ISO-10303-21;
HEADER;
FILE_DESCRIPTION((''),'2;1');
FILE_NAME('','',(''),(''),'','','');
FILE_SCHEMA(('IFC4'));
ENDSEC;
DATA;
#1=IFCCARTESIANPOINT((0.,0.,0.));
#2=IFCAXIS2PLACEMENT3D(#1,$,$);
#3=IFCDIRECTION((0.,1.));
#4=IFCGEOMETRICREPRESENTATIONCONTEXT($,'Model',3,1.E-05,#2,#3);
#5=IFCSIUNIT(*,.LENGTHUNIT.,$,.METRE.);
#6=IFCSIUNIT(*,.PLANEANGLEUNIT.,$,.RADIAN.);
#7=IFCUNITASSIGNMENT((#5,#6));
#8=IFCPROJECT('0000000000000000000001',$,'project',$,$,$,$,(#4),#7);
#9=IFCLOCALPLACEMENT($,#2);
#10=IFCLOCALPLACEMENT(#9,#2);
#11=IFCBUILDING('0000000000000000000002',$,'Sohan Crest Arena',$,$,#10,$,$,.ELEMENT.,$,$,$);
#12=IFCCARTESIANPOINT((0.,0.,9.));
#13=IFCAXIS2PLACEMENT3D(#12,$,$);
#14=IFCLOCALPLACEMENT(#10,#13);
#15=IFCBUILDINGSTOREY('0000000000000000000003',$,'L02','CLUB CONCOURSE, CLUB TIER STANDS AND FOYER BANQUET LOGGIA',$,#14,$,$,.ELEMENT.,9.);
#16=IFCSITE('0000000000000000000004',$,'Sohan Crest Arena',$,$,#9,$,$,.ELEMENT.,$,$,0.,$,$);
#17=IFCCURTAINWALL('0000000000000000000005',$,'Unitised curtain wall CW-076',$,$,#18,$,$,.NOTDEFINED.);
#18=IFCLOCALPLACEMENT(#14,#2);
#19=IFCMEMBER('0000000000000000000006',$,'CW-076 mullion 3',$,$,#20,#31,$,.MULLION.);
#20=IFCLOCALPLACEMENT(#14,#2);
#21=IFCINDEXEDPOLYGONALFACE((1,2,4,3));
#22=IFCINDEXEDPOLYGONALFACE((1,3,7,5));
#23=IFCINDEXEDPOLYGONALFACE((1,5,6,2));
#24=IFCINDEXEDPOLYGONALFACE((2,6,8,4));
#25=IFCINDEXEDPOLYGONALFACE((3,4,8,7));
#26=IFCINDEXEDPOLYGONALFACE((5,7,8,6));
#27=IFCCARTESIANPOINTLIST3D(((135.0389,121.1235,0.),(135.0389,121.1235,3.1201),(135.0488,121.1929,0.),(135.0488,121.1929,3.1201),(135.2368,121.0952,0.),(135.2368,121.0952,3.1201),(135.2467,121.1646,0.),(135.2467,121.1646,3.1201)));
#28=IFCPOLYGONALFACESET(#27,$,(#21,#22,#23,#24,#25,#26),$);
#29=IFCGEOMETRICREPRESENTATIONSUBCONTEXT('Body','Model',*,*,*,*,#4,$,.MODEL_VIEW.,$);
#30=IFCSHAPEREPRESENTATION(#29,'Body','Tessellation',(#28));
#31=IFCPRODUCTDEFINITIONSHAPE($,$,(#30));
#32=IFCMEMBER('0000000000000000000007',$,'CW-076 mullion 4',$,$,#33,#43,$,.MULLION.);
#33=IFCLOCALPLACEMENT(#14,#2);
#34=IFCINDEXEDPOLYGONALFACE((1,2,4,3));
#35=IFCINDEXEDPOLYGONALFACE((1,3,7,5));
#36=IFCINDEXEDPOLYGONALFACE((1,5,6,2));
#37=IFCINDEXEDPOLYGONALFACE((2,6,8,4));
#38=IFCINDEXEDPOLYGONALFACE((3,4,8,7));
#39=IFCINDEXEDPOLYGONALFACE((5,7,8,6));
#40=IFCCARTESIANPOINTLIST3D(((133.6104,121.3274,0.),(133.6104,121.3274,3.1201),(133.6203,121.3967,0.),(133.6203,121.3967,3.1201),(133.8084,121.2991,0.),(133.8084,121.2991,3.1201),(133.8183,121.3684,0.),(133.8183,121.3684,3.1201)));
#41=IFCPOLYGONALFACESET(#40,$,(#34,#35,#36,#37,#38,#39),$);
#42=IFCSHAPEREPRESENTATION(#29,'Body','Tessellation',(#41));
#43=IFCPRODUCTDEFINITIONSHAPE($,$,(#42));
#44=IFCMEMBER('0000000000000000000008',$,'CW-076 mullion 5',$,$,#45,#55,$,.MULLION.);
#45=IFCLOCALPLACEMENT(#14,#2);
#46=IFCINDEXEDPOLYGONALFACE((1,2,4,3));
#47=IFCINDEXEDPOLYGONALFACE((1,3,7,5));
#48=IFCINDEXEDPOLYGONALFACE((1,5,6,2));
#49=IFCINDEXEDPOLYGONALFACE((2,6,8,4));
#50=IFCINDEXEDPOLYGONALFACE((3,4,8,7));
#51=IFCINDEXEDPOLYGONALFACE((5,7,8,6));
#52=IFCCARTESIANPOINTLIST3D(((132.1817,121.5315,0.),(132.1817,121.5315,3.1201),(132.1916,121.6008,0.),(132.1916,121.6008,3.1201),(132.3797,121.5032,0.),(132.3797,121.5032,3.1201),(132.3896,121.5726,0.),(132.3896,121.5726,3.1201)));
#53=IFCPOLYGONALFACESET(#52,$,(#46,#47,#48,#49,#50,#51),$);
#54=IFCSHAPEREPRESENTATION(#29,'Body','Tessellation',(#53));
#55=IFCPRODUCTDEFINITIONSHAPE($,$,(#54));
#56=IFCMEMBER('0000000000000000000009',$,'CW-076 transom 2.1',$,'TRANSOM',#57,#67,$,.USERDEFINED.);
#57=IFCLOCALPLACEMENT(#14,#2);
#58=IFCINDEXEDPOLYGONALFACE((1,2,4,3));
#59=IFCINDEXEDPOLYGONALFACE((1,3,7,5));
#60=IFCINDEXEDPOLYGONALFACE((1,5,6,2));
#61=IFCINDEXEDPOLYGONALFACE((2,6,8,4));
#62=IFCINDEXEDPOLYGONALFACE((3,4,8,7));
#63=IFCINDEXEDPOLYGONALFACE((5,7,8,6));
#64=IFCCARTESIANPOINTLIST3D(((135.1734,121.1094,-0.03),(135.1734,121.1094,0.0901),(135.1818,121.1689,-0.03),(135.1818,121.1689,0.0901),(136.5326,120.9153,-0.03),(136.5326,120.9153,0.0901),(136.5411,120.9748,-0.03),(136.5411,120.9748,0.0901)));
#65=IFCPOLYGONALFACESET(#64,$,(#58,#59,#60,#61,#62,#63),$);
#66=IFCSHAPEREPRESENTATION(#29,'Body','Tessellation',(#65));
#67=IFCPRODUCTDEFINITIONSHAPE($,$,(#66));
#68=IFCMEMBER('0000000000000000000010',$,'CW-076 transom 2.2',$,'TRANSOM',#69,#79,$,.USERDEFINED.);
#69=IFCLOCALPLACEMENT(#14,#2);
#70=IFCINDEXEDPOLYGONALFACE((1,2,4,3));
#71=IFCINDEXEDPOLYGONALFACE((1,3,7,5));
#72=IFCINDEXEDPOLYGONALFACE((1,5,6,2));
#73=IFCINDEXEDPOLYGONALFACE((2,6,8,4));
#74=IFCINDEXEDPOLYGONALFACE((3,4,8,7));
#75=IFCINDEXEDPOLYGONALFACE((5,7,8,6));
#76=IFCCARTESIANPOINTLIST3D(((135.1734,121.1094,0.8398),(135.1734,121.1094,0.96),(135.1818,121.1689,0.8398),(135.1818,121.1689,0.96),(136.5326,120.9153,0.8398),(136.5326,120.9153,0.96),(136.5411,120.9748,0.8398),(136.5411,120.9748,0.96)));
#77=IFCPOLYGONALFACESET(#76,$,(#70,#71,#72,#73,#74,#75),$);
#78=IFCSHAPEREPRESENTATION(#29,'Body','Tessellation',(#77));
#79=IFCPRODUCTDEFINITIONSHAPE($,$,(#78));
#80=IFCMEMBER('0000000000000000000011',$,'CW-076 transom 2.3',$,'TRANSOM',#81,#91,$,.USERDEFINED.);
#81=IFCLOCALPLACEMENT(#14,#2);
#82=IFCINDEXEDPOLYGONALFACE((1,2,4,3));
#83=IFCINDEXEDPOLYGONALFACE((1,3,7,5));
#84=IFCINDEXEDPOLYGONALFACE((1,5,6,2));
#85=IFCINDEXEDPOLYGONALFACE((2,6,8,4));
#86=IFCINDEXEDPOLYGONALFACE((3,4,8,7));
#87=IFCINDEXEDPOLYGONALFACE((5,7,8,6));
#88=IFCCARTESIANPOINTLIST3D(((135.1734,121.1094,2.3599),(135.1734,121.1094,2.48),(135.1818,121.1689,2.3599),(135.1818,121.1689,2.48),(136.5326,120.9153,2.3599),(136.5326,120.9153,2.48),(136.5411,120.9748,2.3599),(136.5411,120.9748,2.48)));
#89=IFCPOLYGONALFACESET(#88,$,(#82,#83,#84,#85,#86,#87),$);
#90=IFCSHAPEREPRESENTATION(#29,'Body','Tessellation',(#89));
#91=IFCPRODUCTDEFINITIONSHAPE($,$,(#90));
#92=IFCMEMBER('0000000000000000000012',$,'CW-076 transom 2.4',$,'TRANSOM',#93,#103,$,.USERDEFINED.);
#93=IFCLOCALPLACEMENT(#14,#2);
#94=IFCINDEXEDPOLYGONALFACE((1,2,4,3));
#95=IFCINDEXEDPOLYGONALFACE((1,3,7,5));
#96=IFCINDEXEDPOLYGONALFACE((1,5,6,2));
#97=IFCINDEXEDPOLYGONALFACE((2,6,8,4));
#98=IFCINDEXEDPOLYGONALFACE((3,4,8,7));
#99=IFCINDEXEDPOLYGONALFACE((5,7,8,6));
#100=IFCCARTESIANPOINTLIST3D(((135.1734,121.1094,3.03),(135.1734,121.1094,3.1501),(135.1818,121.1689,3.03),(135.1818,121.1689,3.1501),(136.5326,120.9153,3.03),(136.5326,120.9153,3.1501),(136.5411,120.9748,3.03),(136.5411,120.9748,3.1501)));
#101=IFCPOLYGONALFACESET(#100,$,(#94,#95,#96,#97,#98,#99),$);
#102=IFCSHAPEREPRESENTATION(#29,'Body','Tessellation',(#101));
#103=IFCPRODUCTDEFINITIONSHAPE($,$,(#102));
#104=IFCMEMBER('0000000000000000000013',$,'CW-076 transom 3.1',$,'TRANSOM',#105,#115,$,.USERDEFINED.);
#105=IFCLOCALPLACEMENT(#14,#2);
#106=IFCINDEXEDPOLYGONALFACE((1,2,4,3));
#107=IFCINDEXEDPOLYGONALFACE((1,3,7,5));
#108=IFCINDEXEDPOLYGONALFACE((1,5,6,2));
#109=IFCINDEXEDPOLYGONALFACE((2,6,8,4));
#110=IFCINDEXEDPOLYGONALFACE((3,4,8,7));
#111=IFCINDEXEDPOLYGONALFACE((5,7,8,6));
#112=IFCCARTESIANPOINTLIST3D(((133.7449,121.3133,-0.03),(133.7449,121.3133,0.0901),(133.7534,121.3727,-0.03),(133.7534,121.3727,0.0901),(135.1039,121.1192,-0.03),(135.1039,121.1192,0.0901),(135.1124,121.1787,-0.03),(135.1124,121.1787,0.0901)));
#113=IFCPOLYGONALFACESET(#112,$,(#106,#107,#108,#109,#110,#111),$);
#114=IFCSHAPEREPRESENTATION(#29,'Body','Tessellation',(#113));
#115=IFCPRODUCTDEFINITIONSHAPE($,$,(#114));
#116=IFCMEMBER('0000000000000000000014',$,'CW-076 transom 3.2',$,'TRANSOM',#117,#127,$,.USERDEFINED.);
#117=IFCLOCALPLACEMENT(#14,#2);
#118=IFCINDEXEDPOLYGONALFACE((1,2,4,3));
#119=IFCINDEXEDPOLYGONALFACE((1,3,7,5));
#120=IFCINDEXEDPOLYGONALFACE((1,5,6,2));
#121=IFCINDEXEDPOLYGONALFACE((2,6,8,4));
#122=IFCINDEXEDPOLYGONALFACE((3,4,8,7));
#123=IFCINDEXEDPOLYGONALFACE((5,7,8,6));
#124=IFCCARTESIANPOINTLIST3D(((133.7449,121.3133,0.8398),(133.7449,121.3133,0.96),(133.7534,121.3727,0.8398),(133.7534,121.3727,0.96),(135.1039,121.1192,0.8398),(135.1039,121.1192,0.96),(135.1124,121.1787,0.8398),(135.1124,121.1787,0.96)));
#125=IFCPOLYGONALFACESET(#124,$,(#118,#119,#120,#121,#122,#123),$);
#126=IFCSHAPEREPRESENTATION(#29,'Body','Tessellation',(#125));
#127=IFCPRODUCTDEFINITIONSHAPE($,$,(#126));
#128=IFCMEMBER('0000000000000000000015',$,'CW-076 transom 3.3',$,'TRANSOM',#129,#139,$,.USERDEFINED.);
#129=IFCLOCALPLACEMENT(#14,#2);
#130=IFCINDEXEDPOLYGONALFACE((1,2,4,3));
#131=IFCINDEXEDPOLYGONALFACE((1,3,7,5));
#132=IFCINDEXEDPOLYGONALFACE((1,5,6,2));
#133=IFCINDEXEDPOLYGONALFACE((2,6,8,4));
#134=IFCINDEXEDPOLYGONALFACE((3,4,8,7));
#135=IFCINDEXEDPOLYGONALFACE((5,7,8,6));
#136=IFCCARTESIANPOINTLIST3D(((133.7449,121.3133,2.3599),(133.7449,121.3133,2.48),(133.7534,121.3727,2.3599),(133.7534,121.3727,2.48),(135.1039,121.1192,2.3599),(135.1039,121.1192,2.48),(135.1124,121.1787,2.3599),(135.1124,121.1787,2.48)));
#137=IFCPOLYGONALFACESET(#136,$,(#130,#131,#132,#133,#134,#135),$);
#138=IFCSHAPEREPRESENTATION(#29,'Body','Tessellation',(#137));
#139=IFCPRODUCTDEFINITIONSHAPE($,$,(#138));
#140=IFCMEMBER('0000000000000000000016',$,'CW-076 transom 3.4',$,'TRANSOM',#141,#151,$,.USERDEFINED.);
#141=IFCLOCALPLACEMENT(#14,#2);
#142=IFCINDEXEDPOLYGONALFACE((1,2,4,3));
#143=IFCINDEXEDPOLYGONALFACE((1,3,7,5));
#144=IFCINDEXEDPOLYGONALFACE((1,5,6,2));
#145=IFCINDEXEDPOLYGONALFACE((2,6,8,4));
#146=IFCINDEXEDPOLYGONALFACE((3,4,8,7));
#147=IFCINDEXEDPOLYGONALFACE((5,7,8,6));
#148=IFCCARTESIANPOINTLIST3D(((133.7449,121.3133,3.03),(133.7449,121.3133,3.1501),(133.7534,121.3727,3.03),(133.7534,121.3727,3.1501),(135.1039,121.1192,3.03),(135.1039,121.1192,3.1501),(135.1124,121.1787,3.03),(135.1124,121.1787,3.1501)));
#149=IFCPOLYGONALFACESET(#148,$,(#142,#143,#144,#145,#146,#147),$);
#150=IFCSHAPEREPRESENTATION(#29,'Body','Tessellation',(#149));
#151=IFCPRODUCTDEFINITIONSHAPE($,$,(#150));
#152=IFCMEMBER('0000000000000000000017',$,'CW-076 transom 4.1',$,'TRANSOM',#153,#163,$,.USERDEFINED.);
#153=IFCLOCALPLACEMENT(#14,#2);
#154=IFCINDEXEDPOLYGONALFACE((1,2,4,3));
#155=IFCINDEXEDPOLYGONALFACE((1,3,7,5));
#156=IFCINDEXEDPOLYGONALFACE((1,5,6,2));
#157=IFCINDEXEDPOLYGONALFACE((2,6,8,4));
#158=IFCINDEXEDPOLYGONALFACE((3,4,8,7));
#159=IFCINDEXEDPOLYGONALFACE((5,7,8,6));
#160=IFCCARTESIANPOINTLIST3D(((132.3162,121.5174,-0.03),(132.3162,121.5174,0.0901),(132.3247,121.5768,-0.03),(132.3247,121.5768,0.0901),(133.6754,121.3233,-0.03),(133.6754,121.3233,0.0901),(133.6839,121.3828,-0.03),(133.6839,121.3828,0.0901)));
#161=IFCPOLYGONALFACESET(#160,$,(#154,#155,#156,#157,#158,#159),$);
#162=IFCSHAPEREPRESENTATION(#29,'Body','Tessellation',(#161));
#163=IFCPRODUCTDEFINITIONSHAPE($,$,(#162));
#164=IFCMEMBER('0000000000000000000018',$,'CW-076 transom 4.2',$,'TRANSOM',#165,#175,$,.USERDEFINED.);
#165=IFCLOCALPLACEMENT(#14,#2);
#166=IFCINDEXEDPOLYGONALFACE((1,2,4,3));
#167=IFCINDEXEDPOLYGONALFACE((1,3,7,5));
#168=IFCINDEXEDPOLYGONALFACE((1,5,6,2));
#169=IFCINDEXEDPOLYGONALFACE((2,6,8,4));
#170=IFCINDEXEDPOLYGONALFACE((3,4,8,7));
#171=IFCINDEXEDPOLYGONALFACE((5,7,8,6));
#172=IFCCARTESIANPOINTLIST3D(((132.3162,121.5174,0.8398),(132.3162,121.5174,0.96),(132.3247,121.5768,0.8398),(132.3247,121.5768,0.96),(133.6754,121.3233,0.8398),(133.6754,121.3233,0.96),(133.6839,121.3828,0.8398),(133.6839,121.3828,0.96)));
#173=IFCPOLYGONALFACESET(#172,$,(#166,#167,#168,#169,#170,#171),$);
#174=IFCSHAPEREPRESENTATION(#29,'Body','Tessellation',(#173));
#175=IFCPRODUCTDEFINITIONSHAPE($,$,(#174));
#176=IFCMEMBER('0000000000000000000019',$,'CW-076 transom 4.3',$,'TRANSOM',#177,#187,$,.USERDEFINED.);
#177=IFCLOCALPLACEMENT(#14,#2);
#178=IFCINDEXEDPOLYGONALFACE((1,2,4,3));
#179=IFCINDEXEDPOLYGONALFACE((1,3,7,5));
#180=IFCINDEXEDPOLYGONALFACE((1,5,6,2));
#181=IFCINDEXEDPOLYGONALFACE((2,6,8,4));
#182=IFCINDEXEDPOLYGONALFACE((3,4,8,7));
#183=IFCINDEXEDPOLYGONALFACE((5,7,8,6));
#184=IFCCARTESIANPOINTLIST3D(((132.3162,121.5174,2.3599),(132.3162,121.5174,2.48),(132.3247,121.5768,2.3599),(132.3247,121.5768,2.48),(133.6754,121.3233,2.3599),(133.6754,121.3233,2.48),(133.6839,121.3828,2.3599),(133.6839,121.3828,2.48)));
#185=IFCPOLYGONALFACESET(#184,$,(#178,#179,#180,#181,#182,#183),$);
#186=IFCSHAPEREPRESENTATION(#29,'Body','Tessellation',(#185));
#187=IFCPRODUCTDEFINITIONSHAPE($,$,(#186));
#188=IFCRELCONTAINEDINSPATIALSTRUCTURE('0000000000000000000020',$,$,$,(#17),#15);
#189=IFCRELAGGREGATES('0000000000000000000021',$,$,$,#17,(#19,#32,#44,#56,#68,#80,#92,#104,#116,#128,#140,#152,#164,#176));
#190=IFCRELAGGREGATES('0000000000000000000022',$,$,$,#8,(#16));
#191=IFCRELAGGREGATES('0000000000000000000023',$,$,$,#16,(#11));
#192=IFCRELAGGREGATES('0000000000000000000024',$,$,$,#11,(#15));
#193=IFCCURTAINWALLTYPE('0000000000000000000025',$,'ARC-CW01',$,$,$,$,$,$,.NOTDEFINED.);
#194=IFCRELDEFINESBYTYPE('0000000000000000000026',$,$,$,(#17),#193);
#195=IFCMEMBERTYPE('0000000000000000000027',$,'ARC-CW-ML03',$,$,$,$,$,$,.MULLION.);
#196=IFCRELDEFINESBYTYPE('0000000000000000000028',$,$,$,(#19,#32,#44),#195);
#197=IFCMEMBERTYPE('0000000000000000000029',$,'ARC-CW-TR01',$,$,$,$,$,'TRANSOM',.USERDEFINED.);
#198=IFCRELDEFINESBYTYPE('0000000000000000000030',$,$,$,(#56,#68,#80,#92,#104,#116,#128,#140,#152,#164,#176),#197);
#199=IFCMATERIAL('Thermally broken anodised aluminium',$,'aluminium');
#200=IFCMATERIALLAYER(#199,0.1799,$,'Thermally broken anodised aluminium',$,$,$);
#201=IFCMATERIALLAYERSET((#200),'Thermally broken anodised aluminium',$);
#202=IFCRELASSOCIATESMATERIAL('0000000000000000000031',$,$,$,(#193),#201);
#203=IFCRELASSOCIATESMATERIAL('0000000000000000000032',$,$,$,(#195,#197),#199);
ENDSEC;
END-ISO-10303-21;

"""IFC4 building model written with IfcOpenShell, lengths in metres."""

from ifc_helpers import new_model, si_unit, direction, frame, origin, origin_2d, place, context, subcontext, project, spatial, rectangle, extrude, material, layer, layer_set, material_profile, profile_set, type_object, element, aggregate, save


model = new_model("IFC4")

# Units and contexts
model_context = context("Model", 3, precision=1e-05, world=origin(), true_north=direction((0.0, 1.0)))
body_context = subcontext(model_context, "Body", "Model", "MODEL_VIEW")
ifc_project = project(units=[si_unit("LENGTHUNIT", "METRE"), si_unit("PLANEANGLEUNIT", "RADIAN")], contexts=[model_context])

# Site, building, storey
site_placement = place(None, origin())
site = spatial("IfcSite", under=ifc_project, at=site_placement, Name="Sohan Crest Arena", CompositionType="ELEMENT", RefElevation=0.0)
building_placement = place(site_placement, origin())
building = spatial("IfcBuilding", under=site, at=building_placement, Name="Sohan Crest Arena", CompositionType="ELEMENT")
storey_placement = place(building_placement, frame((0.0, 0.0, 9.0)))
storey = spatial("IfcBuildingStorey", under=building, at=storey_placement, Name="L02", Description="CLUB CONCOURSE, CLUB TIER STANDS AND FOYER BANQUET LOGGIA", CompositionType="ELEMENT", Elevation=9.0)

# Curtain wall, members
ifc_material_1 = material(Name="Thermally broken anodised aluminium", Category="aluminium")
ifc_layer_1 = layer(ifc_material_1, 0.1799, Name="Thermally broken anodised aluminium")
ifc_layer_set_1 = layer_set([ifc_layer_1], Name="Thermally broken anodised aluminium")
curtain_wall_type = type_object("IfcCurtainWallType", Name="ARC-CW01", PredefinedType="NOTDEFINED", material=ifc_layer_set_1)
curtain_wall_placement = place(storey_placement, origin())
curtain_wall = element("IfcCurtainWall", 1, at=curtain_wall_placement, inside=storey, type_object=curtain_wall_type, Name="Unitised curtain wall CW-076", PredefinedType="NOTDEFINED")
ifc_material_profile_1 = material_profile(ifc_material_1, rectangle(XDim=0.0701, YDim=0.2, at=origin_2d()), Name="ALU-MULL 70x200")
ifc_profile_set_1 = profile_set([ifc_material_profile_1], Name="Thermally broken anodised aluminium")
member_type_1 = type_object("IfcMemberType", Name="ARC-CW-ML03", PredefinedType="MULLION", material=ifc_profile_set_1)
member_1_placement = place(storey_placement, frame((135.1428, 121.144, 0.0), z_axis=(0.0, 0.0, 1.0), x_axis=(-0.141366, -0.989957, 0.0)))
member_1 = element("IfcMember", 2, at=member_1_placement, type_object=member_type_1, Name="CW-076 mullion 3", PredefinedType="MULLION", context=body_context, shape_type="SweptSolid", body=[
    extrude(rectangle(XDim=0.0701, YDim=0.2, at=origin_2d()), origin(), (0.0, 0.0, 1.0), 3.1201),
])
member_2_placement = place(storey_placement, frame((133.7144, 121.3479, 0.0), z_axis=(0.0, 0.0, 1.0), x_axis=(-0.141366, -0.989957, 0.0)))
member_2 = element("IfcMember", 3, at=member_2_placement, type_object=member_type_1, Name="CW-076 mullion 4", PredefinedType="MULLION", context=body_context, shape_type="SweptSolid", body=[
    extrude(rectangle(XDim=0.0701, YDim=0.2, at=origin_2d()), origin(), (0.0, 0.0, 1.0), 3.1201),
])
member_3_placement = place(storey_placement, frame((132.2856, 121.552, 0.0), z_axis=(0.0, 0.0, 1.0), x_axis=(-0.141366, -0.989957, 0.0)))
member_3 = element("IfcMember", 4, at=member_3_placement, type_object=member_type_1, Name="CW-076 mullion 5", PredefinedType="MULLION", context=body_context, shape_type="SweptSolid", body=[
    extrude(rectangle(XDim=0.0701, YDim=0.2, at=origin_2d()), origin(), (0.0, 0.0, 1.0), 3.1201),
])
ifc_material_profile_2 = material_profile(ifc_material_1, rectangle(XDim=0.0601, YDim=0.1201, at=origin_2d()), Name="ALU-TRAN 60x120")
ifc_profile_set_2 = profile_set([ifc_material_profile_2], Name="Thermally broken anodised aluminium")
member_type_2 = type_object("IfcMemberType", Name="ARC-CW-TR01", ElementType="TRANSOM", PredefinedType="USERDEFINED", material=ifc_profile_set_2)
member_4_placement = place(storey_placement, frame((136.5369, 120.9451, 0.03), z_axis=(-0.98996, 0.141347, 0.0), x_axis=(-0.141347, -0.98996, 0.0)))
member_4 = element("IfcMember", 5, at=member_4_placement, type_object=member_type_2, Name="CW-076 transom 2.1", ObjectType="TRANSOM", PredefinedType="USERDEFINED", context=body_context, shape_type="SweptSolid", body=[
    extrude(rectangle(XDim=0.0601, YDim=0.1201, at=origin_2d()), origin(), (0.0, 0.0, 1.0), 1.373),
])
member_5_placement = place(storey_placement, frame((136.5369, 120.9451, 0.8999), z_axis=(-0.98996, 0.141347, 0.0), x_axis=(-0.141347, -0.98996, 0.0)))
member_5 = element("IfcMember", 6, at=member_5_placement, type_object=member_type_2, Name="CW-076 transom 2.2", ObjectType="TRANSOM", PredefinedType="USERDEFINED", context=body_context, shape_type="SweptSolid", body=[
    extrude(rectangle(XDim=0.0601, YDim=0.1201, at=origin_2d()), origin(), (0.0, 0.0, 1.0), 1.373),
])
member_6_placement = place(storey_placement, frame((136.5369, 120.9451, 2.4199), z_axis=(-0.98996, 0.141347, 0.0), x_axis=(-0.141347, -0.98996, 0.0)))
member_6 = element("IfcMember", 7, at=member_6_placement, type_object=member_type_2, Name="CW-076 transom 2.3", ObjectType="TRANSOM", PredefinedType="USERDEFINED", context=body_context, shape_type="SweptSolid", body=[
    extrude(rectangle(XDim=0.0601, YDim=0.1201, at=origin_2d()), origin(), (0.0, 0.0, 1.0), 1.373),
])
member_7_placement = place(storey_placement, frame((136.5369, 120.9451, 3.0901), z_axis=(-0.98996, 0.141347, 0.0), x_axis=(-0.141347, -0.98996, 0.0)))
member_7 = element("IfcMember", 8, at=member_7_placement, type_object=member_type_2, Name="CW-076 transom 2.4", ObjectType="TRANSOM", PredefinedType="USERDEFINED", context=body_context, shape_type="SweptSolid", body=[
    extrude(rectangle(XDim=0.0601, YDim=0.1201, at=origin_2d()), origin(), (0.0, 0.0, 1.0), 1.373),
])
member_8_placement = place(storey_placement, frame((135.1082, 121.1489, 0.03), z_axis=(-0.989957, 0.141372, 0.0), x_axis=(-0.141372, -0.989957, 0.0)))
member_8 = element("IfcMember", 9, at=member_8_placement, type_object=member_type_2, Name="CW-076 transom 3.1", ObjectType="TRANSOM", PredefinedType="USERDEFINED", context=body_context, shape_type="SweptSolid", body=[
    extrude(rectangle(XDim=0.0601, YDim=0.1201, at=origin_2d()), origin(), (0.0, 0.0, 1.0), 1.3728),
])
member_9_placement = place(storey_placement, frame((135.1082, 121.1489, 0.8999), z_axis=(-0.989957, 0.141372, 0.0), x_axis=(-0.141372, -0.989957, 0.0)))
member_9 = element("IfcMember", 10, at=member_9_placement, type_object=member_type_2, Name="CW-076 transom 3.2", ObjectType="TRANSOM", PredefinedType="USERDEFINED", context=body_context, shape_type="SweptSolid", body=[
    extrude(rectangle(XDim=0.0601, YDim=0.1201, at=origin_2d()), origin(), (0.0, 0.0, 1.0), 1.3728),
])
member_10_placement = place(storey_placement, frame((135.1082, 121.1489, 2.4199), z_axis=(-0.989957, 0.141372, 0.0), x_axis=(-0.141372, -0.989957, 0.0)))
member_10 = element("IfcMember", 11, at=member_10_placement, type_object=member_type_2, Name="CW-076 transom 3.3", ObjectType="TRANSOM", PredefinedType="USERDEFINED", context=body_context, shape_type="SweptSolid", body=[
    extrude(rectangle(XDim=0.0601, YDim=0.1201, at=origin_2d()), origin(), (0.0, 0.0, 1.0), 1.3728),
])
member_11_placement = place(storey_placement, frame((135.1082, 121.1489, 3.0901), z_axis=(-0.989957, 0.141372, 0.0), x_axis=(-0.141372, -0.989957, 0.0)))
member_11 = element("IfcMember", 12, at=member_11_placement, type_object=member_type_2, Name="CW-076 transom 3.4", ObjectType="TRANSOM", PredefinedType="USERDEFINED", context=body_context, shape_type="SweptSolid", body=[
    extrude(rectangle(XDim=0.0601, YDim=0.1201, at=origin_2d()), origin(), (0.0, 0.0, 1.0), 1.3728),
])
member_12_placement = place(storey_placement, frame((133.6797, 121.353, 0.03), z_axis=(-0.98996, 0.141347, 0.0), x_axis=(-0.141347, -0.98996, 0.0)))
member_12 = element("IfcMember", 13, at=member_12_placement, type_object=member_type_2, Name="CW-076 transom 4.1", ObjectType="TRANSOM", PredefinedType="USERDEFINED", context=body_context, shape_type="SweptSolid", body=[
    extrude(rectangle(XDim=0.0601, YDim=0.1201, at=origin_2d()), origin(), (0.0, 0.0, 1.0), 1.373),
])
member_13_placement = place(storey_placement, frame((133.6797, 121.353, 0.8999), z_axis=(-0.98996, 0.141347, 0.0), x_axis=(-0.141347, -0.98996, 0.0)))
member_13 = element("IfcMember", 14, at=member_13_placement, type_object=member_type_2, Name="CW-076 transom 4.2", ObjectType="TRANSOM", PredefinedType="USERDEFINED", context=body_context, shape_type="SweptSolid", body=[
    extrude(rectangle(XDim=0.0601, YDim=0.1201, at=origin_2d()), origin(), (0.0, 0.0, 1.0), 1.373),
])
member_14_placement = place(storey_placement, frame((133.6797, 121.353, 2.4199), z_axis=(-0.98996, 0.141347, 0.0), x_axis=(-0.141347, -0.98996, 0.0)))
member_14 = element("IfcMember", 15, at=member_14_placement, type_object=member_type_2, Name="CW-076 transom 4.3", ObjectType="TRANSOM", PredefinedType="USERDEFINED", context=body_context, shape_type="SweptSolid", body=[
    extrude(rectangle(XDim=0.0601, YDim=0.1201, at=origin_2d()), origin(), (0.0, 0.0, 1.0), 1.373),
])
aggregate(curtain_wall, [member_1, member_2, member_3, member_4, member_5, member_6, member_7, member_8, member_9, member_10, member_11, member_12, member_13, member_14])

save(model, "model.ifc")
